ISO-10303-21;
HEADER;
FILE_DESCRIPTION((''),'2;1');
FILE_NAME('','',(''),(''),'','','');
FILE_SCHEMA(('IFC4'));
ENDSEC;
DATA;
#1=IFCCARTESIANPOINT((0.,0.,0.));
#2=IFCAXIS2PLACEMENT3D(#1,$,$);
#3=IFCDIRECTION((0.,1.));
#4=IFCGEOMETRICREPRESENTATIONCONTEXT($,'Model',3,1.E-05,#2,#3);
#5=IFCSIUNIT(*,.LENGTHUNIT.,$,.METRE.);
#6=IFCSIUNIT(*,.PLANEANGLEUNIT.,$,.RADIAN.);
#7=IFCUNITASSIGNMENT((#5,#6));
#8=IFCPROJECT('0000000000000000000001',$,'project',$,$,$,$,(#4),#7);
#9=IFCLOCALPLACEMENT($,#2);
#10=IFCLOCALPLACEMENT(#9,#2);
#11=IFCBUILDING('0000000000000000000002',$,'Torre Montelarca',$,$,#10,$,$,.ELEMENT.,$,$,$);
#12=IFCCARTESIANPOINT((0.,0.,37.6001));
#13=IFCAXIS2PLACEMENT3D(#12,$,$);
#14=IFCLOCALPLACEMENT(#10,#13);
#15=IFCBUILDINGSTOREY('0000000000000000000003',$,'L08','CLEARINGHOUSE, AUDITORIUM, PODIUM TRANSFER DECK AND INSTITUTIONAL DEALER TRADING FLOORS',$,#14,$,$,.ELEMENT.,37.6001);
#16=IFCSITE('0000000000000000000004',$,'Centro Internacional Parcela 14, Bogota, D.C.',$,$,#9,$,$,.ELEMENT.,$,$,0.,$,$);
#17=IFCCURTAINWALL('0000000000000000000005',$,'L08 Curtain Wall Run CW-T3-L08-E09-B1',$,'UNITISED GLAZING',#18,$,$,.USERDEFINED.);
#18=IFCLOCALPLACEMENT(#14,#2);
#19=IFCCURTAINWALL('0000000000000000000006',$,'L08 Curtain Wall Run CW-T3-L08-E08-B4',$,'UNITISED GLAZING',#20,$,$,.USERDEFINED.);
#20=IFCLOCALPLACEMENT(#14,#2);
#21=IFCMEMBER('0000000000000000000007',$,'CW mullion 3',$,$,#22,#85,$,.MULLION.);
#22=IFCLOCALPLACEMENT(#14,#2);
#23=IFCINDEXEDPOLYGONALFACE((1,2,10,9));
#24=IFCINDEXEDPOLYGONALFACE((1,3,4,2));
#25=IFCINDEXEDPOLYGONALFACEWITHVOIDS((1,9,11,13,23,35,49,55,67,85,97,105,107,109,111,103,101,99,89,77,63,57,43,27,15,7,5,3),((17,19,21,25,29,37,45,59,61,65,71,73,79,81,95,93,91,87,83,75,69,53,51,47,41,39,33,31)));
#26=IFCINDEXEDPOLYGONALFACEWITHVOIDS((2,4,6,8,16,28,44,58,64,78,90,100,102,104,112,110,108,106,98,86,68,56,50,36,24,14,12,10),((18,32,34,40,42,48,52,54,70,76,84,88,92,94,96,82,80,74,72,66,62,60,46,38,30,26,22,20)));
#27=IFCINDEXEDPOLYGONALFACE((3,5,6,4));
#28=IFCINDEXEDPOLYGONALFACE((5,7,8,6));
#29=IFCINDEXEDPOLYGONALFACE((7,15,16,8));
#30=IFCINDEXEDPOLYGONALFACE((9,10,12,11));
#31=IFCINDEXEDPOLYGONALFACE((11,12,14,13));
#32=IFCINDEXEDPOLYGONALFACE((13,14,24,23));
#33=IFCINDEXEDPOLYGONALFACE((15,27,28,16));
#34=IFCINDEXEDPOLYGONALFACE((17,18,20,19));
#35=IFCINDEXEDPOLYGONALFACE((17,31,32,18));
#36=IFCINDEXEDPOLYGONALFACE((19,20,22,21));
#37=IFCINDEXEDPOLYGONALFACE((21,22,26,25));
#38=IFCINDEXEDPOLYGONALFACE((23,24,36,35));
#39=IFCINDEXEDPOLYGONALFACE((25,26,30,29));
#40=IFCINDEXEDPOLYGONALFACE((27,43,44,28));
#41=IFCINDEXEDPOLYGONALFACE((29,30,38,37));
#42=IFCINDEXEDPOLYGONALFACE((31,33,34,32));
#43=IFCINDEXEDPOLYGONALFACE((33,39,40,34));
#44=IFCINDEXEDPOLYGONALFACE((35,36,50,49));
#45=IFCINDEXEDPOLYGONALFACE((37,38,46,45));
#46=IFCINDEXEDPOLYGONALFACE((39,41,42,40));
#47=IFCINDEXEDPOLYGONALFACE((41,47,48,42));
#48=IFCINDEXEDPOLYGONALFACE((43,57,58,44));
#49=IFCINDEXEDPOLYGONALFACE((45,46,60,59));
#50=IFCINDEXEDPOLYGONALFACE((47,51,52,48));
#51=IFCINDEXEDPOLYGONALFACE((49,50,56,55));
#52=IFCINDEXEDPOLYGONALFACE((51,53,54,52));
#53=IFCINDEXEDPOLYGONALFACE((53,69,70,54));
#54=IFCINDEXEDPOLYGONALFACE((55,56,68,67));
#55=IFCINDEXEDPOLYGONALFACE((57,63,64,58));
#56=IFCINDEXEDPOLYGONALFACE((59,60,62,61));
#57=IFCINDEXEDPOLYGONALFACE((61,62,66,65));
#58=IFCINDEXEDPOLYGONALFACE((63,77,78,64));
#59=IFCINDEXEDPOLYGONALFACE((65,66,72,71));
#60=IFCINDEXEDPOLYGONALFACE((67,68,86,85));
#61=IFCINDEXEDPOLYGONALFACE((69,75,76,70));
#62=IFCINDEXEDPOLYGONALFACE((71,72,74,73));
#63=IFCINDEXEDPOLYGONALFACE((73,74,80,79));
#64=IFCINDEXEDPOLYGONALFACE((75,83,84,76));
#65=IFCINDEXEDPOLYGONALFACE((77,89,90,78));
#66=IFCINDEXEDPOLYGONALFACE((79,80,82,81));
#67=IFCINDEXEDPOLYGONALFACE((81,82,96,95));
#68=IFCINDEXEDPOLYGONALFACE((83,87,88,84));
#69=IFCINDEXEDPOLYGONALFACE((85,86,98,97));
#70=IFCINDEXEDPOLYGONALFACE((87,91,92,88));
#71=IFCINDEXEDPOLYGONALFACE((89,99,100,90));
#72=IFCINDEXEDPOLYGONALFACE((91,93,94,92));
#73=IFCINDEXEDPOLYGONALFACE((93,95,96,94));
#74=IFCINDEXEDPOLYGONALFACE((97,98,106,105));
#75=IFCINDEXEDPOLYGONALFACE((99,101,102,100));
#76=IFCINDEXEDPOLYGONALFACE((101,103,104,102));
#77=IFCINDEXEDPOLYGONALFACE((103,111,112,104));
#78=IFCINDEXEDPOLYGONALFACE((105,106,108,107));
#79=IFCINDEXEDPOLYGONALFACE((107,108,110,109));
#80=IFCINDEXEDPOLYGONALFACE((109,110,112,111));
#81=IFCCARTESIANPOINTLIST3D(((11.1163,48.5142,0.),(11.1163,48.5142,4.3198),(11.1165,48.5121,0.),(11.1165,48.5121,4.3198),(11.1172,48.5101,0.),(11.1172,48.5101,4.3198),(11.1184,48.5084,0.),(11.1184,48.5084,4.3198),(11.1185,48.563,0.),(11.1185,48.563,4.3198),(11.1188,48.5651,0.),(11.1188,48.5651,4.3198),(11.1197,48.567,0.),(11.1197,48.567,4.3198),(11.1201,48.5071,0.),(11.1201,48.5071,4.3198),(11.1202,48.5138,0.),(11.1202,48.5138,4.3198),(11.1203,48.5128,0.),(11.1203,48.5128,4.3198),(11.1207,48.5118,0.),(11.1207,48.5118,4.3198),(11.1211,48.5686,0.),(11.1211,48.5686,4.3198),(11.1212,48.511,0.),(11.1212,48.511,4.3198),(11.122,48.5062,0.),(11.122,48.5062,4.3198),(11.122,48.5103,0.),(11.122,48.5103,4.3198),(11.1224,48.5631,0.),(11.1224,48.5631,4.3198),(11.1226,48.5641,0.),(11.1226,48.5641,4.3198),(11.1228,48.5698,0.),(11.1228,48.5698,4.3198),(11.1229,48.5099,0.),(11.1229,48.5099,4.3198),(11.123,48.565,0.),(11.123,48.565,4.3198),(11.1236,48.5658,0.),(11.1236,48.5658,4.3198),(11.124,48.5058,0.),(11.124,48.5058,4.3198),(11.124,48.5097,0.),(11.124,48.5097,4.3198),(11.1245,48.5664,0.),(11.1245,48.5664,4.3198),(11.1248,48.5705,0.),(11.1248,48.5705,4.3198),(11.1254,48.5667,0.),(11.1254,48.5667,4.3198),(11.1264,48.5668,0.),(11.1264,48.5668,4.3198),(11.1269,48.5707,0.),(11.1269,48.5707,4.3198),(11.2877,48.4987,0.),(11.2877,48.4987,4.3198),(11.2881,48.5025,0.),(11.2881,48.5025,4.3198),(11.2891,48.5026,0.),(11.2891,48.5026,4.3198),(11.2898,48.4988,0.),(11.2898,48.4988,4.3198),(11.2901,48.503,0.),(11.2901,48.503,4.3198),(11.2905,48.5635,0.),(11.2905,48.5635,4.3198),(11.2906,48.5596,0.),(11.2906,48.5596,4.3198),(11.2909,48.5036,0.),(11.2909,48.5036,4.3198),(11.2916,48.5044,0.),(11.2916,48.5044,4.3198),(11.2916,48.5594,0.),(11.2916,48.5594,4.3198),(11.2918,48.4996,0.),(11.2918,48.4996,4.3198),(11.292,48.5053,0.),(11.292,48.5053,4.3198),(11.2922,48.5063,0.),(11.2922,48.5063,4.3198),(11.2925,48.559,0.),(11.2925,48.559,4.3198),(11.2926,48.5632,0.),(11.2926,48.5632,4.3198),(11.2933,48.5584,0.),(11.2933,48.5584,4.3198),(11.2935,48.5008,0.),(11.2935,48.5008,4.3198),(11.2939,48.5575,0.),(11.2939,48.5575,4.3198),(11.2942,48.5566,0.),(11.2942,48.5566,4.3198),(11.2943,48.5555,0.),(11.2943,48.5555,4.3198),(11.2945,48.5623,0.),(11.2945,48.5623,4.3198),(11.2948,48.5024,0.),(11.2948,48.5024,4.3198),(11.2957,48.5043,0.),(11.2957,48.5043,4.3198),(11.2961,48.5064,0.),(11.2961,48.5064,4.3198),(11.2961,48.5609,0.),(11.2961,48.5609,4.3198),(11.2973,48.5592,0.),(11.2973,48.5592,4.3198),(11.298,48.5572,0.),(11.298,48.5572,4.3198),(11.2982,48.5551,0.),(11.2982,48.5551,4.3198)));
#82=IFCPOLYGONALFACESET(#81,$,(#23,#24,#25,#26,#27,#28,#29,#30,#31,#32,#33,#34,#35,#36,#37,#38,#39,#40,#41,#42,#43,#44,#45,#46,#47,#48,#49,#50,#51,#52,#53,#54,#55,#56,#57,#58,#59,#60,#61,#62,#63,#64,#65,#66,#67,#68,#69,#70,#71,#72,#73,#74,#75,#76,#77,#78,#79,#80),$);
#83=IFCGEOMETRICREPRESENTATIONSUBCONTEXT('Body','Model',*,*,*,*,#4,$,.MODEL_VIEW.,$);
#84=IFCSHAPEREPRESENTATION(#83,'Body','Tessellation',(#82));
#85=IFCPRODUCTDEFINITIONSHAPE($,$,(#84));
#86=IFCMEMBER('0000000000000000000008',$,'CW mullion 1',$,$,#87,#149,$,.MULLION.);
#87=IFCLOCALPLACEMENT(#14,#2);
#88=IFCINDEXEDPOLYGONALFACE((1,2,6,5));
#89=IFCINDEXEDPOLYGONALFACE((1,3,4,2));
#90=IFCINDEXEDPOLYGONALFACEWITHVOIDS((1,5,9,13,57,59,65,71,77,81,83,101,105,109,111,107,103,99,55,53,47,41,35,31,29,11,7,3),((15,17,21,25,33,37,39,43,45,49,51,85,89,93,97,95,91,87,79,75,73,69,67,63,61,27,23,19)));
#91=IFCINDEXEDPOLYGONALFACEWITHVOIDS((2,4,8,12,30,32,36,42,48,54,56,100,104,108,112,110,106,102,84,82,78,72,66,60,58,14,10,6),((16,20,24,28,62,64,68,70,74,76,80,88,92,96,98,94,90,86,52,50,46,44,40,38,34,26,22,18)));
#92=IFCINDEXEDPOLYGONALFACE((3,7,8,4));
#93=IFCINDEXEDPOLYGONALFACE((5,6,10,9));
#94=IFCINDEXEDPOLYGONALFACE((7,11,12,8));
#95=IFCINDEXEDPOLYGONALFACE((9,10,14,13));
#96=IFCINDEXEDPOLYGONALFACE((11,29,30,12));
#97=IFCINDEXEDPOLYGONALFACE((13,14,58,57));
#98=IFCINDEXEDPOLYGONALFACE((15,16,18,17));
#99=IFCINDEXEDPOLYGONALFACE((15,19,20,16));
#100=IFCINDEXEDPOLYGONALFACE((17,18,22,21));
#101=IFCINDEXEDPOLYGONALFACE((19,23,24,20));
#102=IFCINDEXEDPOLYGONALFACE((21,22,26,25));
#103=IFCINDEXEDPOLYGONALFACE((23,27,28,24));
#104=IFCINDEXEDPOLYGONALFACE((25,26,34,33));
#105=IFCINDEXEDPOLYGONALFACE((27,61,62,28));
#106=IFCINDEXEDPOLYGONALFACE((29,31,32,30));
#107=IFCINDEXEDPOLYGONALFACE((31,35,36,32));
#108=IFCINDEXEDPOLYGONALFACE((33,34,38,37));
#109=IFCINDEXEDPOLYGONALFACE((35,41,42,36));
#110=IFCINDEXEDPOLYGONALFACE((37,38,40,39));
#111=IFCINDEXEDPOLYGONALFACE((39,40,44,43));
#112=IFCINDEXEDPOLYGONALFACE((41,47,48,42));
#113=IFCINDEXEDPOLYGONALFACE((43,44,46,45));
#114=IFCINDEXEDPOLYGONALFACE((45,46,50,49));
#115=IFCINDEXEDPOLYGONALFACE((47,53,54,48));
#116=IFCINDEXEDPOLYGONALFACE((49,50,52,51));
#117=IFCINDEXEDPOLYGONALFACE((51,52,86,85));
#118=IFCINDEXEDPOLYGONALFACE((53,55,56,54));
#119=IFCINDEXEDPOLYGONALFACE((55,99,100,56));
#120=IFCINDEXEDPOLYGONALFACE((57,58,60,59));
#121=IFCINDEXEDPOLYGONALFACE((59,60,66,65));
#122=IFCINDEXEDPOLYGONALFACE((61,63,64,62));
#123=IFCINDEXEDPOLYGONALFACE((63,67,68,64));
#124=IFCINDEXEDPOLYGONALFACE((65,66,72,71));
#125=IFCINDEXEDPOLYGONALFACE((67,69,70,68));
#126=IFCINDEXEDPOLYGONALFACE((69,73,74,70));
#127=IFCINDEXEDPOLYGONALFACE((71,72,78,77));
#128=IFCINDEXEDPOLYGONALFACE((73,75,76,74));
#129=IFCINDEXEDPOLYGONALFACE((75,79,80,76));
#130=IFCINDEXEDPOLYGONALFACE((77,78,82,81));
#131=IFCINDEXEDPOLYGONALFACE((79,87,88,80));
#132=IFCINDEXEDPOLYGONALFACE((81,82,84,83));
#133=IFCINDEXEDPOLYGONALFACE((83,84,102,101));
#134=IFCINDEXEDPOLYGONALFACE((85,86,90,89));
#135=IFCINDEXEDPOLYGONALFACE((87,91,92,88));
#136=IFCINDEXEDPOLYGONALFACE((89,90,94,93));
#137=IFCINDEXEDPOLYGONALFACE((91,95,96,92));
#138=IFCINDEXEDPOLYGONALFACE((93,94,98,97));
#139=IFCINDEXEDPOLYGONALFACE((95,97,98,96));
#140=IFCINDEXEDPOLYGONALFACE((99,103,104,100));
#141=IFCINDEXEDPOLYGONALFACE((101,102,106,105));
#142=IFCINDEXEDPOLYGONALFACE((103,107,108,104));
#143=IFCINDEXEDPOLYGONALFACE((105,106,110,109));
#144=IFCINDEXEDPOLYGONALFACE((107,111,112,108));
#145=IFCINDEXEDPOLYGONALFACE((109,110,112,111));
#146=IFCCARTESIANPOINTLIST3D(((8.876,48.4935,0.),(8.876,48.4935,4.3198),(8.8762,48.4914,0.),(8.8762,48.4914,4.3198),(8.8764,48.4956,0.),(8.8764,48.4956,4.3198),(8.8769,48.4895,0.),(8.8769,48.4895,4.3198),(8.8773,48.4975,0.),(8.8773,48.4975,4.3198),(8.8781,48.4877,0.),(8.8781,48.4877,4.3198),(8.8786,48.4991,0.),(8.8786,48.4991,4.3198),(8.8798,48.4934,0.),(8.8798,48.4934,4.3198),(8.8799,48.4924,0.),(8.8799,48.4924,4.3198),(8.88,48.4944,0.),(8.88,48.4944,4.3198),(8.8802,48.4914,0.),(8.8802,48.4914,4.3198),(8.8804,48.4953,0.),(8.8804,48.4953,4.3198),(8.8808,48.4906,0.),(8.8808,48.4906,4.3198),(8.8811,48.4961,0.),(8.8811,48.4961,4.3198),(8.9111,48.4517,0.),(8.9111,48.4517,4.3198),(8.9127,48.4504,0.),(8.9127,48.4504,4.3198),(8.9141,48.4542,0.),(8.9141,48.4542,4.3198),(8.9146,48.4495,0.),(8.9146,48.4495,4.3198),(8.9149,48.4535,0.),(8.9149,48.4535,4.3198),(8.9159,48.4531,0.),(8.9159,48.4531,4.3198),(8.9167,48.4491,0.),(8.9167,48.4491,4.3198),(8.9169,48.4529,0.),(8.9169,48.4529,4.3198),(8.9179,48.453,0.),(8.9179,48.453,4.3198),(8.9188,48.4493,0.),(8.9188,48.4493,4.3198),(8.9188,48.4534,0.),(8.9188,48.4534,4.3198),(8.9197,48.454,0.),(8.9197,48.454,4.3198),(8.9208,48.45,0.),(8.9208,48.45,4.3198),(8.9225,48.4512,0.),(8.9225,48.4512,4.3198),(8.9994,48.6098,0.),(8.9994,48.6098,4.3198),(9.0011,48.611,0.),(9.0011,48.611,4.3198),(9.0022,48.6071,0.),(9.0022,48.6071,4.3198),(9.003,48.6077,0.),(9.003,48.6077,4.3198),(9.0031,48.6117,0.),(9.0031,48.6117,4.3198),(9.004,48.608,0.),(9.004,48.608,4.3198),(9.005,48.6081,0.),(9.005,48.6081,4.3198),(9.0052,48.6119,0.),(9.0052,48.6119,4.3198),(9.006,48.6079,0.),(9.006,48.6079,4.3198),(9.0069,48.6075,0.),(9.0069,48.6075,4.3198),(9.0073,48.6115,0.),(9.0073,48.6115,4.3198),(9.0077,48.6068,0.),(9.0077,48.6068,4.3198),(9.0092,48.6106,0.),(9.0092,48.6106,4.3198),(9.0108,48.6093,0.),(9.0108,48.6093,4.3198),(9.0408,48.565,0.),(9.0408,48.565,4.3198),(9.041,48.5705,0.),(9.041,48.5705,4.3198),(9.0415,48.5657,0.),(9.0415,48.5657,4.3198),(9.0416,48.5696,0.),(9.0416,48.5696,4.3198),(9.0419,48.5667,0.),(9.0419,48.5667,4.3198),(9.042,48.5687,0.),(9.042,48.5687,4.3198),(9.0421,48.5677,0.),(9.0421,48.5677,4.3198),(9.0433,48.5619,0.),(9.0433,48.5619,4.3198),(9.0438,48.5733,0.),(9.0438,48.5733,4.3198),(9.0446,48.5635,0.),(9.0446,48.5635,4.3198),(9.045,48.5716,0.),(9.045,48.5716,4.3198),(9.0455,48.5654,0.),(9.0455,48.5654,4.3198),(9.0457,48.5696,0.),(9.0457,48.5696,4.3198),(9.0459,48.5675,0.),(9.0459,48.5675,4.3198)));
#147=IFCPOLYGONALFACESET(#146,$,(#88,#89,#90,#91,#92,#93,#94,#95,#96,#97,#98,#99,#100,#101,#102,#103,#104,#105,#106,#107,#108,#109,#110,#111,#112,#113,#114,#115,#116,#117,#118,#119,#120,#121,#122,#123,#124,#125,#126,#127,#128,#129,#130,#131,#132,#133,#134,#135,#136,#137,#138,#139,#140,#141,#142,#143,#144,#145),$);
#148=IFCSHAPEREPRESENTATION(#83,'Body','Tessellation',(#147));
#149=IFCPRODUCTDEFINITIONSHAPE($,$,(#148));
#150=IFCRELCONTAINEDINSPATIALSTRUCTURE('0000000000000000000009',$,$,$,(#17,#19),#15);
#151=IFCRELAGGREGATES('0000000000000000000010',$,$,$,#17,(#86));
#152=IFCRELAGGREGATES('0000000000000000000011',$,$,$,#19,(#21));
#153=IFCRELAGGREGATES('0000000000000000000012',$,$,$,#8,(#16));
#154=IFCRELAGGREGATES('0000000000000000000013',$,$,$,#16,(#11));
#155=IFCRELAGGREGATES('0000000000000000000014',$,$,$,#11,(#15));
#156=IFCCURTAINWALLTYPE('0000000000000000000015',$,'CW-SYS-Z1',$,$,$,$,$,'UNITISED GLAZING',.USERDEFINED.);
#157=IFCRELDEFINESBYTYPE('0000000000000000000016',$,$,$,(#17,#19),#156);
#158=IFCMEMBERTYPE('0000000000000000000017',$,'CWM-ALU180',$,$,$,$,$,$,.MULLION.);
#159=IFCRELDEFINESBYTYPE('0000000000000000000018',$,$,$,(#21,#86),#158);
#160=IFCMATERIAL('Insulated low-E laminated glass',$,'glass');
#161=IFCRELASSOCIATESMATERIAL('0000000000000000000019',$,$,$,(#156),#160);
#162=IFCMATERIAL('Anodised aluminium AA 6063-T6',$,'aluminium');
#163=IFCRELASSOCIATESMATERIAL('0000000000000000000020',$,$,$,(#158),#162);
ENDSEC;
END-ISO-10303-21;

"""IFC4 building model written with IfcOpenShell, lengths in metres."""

from ifc_helpers import new_model, si_unit, direction, frame, origin, origin_2d, place, context, subcontext, project, spatial, hollow_rectangle, extrude, source, transform, mapped, material, material_profile, profile_set, type_object, element, aggregate, save


model = new_model("IFC4")

# Units and contexts
model_context = context("Model", 3, precision=1e-05, world=origin(), true_north=direction((0.0, 1.0)))
body_context = subcontext(model_context, "Body", "Model", "MODEL_VIEW")
ifc_project = project(units=[si_unit("LENGTHUNIT", "METRE"), si_unit("PLANEANGLEUNIT", "RADIAN")], contexts=[model_context])

# Site, building, storey
site_placement = place(None, origin())
site = spatial("IfcSite", under=ifc_project, at=site_placement, Name="Centro Internacional Parcela 14, Bogota, D.C.", CompositionType="ELEMENT", RefElevation=0.0)
building_placement = place(site_placement, origin())
building = spatial("IfcBuilding", under=site, at=building_placement, Name="Torre Montelarca", CompositionType="ELEMENT")
storey_placement = place(building_placement, frame((0.0, 0.0, 37.6001)))
storey = spatial("IfcBuildingStorey", under=building, at=storey_placement, Name="L08", Description="CLEARINGHOUSE, AUDITORIUM, PODIUM TRANSFER DECK AND INSTITUTIONAL DEALER TRADING FLOORS", CompositionType="ELEMENT", Elevation=37.6001)

# Curtain wall
ifc_material_1 = material(Name="Insulated low-E laminated glass", Category="glass")
curtain_wall_type = type_object("IfcCurtainWallType", Name="CW-SYS-Z1", ElementType="UNITISED GLAZING", PredefinedType="USERDEFINED", material=ifc_material_1)
curtain_wall_1_placement = place(storey_placement, origin())
curtain_wall_1 = element("IfcCurtainWall", 1, at=curtain_wall_1_placement, inside=storey, type_object=curtain_wall_type, Name="L08 Curtain Wall Run CW-T3-L08-E09-B1", ObjectType="UNITISED GLAZING", PredefinedType="USERDEFINED")
ifc_material_2 = material(Name="Anodised aluminium AA 6063-T6", Category="aluminium")
ifc_material_profile_1 = material_profile(ifc_material_2, hollow_rectangle(XDim=0.0649, YDim=0.1799, WallThickness=0.0039, InnerFilletRadius=0.0039, OuterFilletRadius=0.0081, at=origin_2d()), Name="ALU65X180X4", Category="aluminium")
ifc_profile_set_1 = profile_set([ifc_material_profile_1], Name="Anodised aluminium AA 6063-T6")
member_type_1 = type_object("IfcMemberType", Name="CWM-ALU180", PredefinedType="MULLION", material=ifc_profile_set_1)
shared_shape_1 = source(origin(), body_context, "Body", "SweptSolid", [
    extrude(hollow_rectangle(XDim=0.0649, YDim=0.1799, WallThickness=0.0039, InnerFilletRadius=0.0039, OuterFilletRadius=0.0081, at=origin_2d()), origin(), (0.0, 0.0, 1.0), 4.3198),
])

# Curtain wall, member
curtain_wall_2_placement = place(storey_placement, origin())
curtain_wall_2 = element("IfcCurtainWall", 2, at=curtain_wall_2_placement, inside=storey, type_object=curtain_wall_type, Name="L08 Curtain Wall Run CW-T3-L08-E08-B4", ObjectType="UNITISED GLAZING", PredefinedType="USERDEFINED")
member_1_placement = place(storey_placement, frame((11.2073, 48.5347, 0.0), z_axis=(0.0, 0.0, 1.0), x_axis=(-0.043627, -0.999048, 0.0)))
member_1 = element("IfcMember", 3, at=member_1_placement, type_object=member_type_1, Name="CW mullion 3", PredefinedType="MULLION", context=body_context, shape_type="MappedRepresentation", body=[
    mapped(shared_shape_1, transform((0.0, 0.0, 0.0), scale=1.0)),
])

# Member
member_2_placement = place(storey_placement, frame((8.9609, 48.5305, 0.0), z_axis=(0.0, 0.0, 1.0), x_axis=(0.675583, -0.737283, 0.0)))
member_2 = element("IfcMember", 4, at=member_2_placement, type_object=member_type_1, Name="CW mullion 1", PredefinedType="MULLION", context=body_context, shape_type="MappedRepresentation", body=[
    mapped(shared_shape_1, transform((0.0, 0.0, 0.0), scale=1.0)),
])
aggregate(curtain_wall_1, [member_2])

aggregate(curtain_wall_2, [member_1])

save(model, "model.ifc")
